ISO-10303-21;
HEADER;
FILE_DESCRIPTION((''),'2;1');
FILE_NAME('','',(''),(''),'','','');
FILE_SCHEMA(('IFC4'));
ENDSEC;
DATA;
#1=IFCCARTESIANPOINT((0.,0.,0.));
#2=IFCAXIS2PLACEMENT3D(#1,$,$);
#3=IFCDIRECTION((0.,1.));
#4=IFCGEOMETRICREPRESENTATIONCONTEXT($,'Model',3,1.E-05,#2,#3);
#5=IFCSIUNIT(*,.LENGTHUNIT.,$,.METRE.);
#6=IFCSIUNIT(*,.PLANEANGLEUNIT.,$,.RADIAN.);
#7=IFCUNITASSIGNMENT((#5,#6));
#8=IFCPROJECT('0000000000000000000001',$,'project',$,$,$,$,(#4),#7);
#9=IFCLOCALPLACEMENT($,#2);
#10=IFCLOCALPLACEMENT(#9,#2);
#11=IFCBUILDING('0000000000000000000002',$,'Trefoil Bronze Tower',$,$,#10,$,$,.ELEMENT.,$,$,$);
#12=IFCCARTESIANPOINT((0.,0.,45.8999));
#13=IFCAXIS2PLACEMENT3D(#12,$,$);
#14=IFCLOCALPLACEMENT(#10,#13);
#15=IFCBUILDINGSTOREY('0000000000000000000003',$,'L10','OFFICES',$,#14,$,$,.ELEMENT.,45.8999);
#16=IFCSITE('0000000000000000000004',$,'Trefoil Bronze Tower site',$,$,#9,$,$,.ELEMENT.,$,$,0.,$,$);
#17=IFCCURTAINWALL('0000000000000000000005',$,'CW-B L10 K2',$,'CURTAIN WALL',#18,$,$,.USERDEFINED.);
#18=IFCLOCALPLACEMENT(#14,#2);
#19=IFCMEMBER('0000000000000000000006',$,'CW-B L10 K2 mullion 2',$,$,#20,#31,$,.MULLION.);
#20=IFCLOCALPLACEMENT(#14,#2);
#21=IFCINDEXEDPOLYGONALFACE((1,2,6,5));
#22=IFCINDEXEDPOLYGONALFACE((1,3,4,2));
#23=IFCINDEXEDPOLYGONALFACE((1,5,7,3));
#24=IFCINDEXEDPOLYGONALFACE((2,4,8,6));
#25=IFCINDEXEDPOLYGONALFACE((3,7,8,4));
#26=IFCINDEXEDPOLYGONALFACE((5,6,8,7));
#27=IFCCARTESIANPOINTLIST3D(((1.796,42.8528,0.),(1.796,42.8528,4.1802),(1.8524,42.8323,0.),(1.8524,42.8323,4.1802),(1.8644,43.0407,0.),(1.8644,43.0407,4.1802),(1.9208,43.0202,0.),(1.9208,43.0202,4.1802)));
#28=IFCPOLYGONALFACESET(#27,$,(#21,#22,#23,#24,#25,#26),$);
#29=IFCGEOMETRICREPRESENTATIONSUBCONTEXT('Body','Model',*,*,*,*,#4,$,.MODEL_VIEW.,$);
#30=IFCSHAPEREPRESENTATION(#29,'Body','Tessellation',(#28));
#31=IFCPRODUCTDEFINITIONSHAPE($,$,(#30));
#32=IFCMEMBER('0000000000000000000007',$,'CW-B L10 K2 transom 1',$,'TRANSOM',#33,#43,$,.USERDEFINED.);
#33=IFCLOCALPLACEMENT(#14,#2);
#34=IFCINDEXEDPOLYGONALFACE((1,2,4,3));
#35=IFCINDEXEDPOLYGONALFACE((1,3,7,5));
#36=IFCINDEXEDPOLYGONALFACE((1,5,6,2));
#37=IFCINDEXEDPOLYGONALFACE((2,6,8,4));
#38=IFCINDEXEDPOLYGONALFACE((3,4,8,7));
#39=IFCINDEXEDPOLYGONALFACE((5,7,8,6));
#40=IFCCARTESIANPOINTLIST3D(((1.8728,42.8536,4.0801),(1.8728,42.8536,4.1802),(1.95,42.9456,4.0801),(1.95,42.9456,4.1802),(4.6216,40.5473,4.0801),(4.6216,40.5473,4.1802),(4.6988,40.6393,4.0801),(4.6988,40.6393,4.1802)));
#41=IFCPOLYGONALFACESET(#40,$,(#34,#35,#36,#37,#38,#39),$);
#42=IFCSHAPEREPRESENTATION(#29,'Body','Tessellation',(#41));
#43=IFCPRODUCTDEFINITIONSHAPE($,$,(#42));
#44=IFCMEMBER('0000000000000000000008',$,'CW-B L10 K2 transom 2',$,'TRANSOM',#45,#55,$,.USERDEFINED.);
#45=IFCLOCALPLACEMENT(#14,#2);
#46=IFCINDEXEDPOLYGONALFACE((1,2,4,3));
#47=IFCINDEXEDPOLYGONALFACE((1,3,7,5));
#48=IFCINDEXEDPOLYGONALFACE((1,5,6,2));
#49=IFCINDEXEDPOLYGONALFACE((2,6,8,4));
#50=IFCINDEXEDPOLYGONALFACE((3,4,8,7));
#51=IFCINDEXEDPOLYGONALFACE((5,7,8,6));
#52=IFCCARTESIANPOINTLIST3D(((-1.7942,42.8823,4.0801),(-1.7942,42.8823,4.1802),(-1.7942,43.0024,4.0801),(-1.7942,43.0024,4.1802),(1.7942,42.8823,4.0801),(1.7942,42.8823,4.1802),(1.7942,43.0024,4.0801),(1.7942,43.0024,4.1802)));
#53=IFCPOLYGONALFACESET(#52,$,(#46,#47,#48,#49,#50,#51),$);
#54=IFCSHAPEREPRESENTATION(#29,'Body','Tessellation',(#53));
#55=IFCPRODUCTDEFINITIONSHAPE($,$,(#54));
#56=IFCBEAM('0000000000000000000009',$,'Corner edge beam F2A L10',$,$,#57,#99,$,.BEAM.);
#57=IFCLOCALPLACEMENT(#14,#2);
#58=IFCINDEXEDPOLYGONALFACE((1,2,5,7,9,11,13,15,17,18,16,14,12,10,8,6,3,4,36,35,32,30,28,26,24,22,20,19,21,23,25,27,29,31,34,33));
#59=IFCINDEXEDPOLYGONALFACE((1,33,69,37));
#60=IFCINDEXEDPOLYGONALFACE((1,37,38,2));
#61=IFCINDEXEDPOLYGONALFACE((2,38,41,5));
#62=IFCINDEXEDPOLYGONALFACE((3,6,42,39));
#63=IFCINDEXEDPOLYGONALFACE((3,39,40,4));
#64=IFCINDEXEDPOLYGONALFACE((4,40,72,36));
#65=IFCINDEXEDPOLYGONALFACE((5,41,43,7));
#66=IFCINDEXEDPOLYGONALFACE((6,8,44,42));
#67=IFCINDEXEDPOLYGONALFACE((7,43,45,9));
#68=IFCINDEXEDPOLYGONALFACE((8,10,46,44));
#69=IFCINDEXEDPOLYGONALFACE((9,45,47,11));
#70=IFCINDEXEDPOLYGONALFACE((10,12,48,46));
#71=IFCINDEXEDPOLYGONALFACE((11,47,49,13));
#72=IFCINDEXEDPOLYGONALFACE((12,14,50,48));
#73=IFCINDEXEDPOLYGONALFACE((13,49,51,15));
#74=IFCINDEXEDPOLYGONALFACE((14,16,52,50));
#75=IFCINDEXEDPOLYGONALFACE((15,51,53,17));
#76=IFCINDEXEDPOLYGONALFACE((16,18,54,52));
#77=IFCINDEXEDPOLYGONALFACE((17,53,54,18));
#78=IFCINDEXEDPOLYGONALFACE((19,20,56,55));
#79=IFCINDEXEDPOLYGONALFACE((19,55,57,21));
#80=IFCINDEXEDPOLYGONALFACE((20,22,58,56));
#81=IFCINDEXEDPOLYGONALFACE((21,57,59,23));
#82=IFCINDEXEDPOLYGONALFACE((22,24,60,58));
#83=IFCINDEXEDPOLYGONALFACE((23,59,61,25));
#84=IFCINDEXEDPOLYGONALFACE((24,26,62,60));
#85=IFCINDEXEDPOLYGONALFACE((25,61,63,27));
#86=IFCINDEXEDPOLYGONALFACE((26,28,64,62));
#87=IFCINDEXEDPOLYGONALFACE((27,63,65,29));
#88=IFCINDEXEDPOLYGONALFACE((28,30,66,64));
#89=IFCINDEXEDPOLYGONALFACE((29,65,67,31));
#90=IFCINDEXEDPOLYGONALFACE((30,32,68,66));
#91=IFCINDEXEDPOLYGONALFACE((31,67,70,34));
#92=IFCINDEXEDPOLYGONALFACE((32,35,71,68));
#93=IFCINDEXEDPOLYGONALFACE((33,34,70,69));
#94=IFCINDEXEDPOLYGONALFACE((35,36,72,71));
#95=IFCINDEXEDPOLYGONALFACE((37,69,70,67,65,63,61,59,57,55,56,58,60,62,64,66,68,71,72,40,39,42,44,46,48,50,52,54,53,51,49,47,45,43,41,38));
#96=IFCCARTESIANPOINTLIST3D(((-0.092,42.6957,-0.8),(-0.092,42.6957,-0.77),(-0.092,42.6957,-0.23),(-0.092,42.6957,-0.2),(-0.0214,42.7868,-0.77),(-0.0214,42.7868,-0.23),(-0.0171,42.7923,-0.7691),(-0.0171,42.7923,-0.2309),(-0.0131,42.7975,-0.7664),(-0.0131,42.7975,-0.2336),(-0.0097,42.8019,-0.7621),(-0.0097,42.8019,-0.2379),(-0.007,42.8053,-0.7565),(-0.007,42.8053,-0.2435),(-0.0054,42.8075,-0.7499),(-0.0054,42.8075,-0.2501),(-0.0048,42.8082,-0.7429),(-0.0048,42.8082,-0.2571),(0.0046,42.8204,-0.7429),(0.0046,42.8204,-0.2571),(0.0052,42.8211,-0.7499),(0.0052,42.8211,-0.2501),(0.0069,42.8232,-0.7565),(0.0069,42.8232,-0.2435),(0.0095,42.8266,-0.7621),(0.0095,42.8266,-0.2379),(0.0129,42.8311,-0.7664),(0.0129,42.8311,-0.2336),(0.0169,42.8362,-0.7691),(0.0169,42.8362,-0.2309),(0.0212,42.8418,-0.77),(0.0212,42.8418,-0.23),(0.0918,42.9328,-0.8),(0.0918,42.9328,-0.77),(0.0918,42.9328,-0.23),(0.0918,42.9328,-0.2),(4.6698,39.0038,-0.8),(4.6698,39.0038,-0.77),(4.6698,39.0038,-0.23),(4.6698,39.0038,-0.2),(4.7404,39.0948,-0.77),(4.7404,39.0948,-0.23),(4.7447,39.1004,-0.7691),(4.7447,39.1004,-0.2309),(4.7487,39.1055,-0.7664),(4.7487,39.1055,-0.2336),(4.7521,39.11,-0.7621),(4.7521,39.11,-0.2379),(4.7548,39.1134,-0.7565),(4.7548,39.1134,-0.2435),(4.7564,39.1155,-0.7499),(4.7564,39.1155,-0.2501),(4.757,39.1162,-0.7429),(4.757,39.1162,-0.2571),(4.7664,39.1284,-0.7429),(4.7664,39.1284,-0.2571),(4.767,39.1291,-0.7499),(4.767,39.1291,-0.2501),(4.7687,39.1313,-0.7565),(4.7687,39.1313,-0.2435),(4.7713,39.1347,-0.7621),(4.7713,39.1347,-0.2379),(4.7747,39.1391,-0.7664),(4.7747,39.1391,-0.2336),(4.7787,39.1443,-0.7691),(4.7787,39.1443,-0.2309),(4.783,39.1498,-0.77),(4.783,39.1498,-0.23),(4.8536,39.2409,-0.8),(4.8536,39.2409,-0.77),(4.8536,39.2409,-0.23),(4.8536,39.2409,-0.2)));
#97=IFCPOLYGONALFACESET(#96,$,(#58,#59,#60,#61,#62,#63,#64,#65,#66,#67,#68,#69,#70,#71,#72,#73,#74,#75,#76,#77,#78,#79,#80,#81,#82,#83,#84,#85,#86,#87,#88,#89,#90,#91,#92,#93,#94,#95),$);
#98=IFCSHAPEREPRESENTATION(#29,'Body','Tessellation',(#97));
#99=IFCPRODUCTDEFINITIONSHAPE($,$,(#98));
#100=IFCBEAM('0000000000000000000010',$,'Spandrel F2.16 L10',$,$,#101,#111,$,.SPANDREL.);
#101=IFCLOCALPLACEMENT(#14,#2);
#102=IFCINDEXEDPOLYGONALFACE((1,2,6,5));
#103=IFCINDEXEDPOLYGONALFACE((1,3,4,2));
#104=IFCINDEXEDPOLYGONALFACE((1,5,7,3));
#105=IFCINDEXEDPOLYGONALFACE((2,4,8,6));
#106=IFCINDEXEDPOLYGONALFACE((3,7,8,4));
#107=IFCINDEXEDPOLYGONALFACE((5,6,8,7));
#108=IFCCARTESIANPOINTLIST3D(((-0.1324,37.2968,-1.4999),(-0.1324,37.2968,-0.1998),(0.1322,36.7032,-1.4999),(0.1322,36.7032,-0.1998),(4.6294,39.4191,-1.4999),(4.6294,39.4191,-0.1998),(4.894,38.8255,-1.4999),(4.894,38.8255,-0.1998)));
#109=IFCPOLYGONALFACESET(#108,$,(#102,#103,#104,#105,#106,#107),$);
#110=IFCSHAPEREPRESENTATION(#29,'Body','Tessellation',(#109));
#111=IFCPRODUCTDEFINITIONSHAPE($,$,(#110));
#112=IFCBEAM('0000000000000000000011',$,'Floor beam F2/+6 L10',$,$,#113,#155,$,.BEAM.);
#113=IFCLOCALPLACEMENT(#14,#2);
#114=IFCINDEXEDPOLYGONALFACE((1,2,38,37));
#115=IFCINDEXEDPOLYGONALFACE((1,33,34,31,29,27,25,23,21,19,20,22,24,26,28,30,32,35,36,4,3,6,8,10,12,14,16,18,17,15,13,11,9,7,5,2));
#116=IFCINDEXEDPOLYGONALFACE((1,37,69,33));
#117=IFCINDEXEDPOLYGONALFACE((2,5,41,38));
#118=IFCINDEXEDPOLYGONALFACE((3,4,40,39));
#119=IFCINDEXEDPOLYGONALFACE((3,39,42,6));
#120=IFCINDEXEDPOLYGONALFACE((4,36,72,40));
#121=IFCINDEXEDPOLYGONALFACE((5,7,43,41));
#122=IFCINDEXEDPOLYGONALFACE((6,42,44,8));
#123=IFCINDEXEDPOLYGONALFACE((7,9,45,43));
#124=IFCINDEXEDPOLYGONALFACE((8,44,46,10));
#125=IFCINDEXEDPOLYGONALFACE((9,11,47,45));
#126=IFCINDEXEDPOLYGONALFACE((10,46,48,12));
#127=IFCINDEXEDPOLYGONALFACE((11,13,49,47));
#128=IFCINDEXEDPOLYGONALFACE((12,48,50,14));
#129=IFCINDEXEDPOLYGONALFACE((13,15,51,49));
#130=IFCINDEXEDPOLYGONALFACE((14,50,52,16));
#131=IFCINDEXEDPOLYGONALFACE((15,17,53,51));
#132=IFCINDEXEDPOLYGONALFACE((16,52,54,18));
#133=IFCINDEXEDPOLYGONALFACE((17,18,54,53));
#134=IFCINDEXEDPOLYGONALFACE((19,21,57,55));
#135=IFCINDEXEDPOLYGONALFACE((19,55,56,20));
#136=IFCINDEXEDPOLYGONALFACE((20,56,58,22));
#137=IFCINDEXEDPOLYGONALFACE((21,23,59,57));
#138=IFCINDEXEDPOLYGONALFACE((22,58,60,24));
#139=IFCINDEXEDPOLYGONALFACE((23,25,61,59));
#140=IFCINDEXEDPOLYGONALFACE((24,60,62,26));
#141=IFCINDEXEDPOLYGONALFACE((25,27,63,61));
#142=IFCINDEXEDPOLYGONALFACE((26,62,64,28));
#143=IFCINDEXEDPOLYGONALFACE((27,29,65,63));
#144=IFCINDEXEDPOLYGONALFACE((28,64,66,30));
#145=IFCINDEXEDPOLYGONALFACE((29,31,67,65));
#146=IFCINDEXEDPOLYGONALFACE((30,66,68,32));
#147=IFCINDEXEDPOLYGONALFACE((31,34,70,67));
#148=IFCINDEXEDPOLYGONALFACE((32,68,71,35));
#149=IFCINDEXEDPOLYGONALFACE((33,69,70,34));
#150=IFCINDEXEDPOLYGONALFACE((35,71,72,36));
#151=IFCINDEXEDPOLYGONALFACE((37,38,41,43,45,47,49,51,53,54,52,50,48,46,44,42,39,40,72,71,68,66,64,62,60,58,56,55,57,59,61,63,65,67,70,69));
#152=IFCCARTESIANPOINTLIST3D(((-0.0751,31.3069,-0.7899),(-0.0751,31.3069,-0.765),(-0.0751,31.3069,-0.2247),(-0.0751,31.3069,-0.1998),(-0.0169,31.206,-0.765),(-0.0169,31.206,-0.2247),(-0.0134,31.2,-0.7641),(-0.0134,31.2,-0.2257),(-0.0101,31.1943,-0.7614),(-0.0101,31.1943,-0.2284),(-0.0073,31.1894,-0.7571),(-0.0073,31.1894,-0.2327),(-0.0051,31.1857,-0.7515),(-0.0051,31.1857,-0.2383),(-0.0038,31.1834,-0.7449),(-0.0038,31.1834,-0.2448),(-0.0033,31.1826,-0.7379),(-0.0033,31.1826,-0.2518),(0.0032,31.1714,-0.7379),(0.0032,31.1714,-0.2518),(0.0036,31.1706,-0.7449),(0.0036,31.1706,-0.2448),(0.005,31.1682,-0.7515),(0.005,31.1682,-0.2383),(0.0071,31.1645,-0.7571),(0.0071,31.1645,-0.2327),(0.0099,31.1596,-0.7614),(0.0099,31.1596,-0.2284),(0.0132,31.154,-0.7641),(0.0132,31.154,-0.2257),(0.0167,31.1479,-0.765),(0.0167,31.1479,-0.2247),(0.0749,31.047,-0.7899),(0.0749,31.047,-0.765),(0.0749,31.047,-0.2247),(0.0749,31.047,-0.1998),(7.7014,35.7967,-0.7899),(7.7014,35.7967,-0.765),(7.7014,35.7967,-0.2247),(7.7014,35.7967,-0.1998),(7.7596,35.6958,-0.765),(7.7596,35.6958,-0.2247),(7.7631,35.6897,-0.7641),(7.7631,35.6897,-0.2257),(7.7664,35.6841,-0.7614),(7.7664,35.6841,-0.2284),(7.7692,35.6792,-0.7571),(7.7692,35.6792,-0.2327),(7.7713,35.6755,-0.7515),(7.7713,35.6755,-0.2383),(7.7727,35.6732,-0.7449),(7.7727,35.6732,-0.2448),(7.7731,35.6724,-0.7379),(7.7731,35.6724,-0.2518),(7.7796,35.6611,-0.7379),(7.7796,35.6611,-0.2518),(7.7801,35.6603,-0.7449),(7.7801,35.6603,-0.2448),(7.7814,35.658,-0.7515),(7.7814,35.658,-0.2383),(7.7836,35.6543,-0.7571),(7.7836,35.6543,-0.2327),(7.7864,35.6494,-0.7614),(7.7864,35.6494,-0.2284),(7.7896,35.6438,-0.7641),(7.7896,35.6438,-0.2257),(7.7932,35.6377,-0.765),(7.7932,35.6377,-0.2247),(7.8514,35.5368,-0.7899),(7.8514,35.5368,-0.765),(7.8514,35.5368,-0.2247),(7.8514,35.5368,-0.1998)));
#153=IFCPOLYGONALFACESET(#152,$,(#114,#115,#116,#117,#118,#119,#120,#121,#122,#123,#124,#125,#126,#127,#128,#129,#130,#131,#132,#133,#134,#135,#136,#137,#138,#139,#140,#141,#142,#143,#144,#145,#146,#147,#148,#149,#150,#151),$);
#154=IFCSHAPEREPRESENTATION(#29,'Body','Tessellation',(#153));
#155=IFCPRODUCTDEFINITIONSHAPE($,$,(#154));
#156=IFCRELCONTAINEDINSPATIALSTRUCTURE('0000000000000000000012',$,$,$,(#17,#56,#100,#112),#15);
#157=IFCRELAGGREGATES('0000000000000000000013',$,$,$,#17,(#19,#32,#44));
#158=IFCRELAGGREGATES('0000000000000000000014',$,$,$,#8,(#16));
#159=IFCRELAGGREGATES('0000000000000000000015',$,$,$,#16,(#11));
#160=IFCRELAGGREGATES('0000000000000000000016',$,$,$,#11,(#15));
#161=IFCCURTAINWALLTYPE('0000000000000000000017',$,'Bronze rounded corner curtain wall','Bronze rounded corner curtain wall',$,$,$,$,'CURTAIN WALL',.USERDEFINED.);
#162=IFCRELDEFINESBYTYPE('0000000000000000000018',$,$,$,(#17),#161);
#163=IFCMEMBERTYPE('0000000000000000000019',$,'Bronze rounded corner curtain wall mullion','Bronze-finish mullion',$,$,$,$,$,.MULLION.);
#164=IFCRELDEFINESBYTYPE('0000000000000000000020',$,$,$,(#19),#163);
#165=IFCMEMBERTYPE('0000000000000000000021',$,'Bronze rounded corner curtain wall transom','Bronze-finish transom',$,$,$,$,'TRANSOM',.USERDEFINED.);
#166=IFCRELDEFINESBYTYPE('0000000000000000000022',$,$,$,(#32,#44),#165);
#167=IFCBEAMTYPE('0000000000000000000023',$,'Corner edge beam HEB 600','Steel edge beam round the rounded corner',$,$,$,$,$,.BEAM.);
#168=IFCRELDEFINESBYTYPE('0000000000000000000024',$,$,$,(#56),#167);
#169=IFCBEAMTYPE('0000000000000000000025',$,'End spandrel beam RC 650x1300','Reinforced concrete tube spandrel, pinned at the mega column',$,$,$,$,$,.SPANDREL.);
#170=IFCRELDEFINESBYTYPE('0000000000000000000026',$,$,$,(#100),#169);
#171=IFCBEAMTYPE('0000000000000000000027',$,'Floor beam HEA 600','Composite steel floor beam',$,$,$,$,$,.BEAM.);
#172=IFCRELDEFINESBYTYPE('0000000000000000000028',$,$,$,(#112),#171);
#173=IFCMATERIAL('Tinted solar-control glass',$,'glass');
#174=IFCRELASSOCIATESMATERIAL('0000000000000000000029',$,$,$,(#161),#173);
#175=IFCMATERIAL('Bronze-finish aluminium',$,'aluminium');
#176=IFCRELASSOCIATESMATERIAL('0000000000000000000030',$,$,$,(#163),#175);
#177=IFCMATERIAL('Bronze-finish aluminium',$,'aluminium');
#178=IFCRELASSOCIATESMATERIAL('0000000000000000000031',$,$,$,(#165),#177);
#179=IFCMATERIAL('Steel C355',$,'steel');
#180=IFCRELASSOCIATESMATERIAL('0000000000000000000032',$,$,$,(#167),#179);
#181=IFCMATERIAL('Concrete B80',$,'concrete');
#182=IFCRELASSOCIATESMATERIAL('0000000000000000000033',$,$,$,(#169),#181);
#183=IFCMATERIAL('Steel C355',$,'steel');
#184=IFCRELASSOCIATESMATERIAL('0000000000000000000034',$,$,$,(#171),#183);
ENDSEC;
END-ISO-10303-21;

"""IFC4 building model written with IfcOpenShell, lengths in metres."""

from ifc_helpers import new_model, si_unit, direction, frame, origin, origin_2d, place, context, subcontext, project, spatial, rectangle, i_section, extrude, material, material_profile, profile_set, type_object, element, aggregate, save


model = new_model("IFC4")

# Units and contexts
model_context = context("Model", 3, precision=1e-05, world=origin(), true_north=direction((0.0, 1.0)))
body_context = subcontext(model_context, "Body", "Model", "MODEL_VIEW")
ifc_project = project(units=[si_unit("LENGTHUNIT", "METRE"), si_unit("PLANEANGLEUNIT", "RADIAN")], contexts=[model_context])

# Site, building, storey
site_placement = place(None, origin())
site = spatial("IfcSite", under=ifc_project, at=site_placement, Name="Trefoil Bronze Tower site", CompositionType="ELEMENT", RefElevation=0.0)
building_placement = place(site_placement, origin())
building = spatial("IfcBuilding", under=site, at=building_placement, Name="Trefoil Bronze Tower", CompositionType="ELEMENT")
storey_placement = place(building_placement, frame((0.0, 0.0, 45.8999)))
storey = spatial("IfcBuildingStorey", under=building, at=storey_placement, Name="L10", Description="OFFICES", CompositionType="ELEMENT", Elevation=45.8999)

# Curtain wall, members
ifc_material_1 = material(Name="Tinted solar-control glass", Category="glass")
curtain_wall_type_1 = type_object("IfcCurtainWallType", Name="Bronze rounded corner curtain wall", Description="Bronze rounded corner curtain wall", ElementType="CURTAIN WALL", PredefinedType="USERDEFINED", material=ifc_material_1)
curtain_wall_1_placement = place(storey_placement, origin())
curtain_wall_1 = element("IfcCurtainWall", 1, at=curtain_wall_1_placement, inside=storey, type_object=curtain_wall_type_1, Name="CW-B L10 K2", ObjectType="CURTAIN WALL", PredefinedType="USERDEFINED")
ifc_material_2 = material(Name="Bronze-finish aluminium", Category="aluminium")
ifc_material_profile_1 = material_profile(ifc_material_2, rectangle(XDim=0.2, YDim=0.0601, at=origin_2d()), Name="CW-B mullion")
ifc_profile_set_1 = profile_set([ifc_material_profile_1], Name="Bronze-finish aluminium")
member_type_1 = type_object("IfcMemberType", Name="Bronze rounded corner curtain wall mullion", Description="Bronze-finish mullion", PredefinedType="MULLION", material=ifc_profile_set_1)
member_1_placement = place(storey_placement, frame((1.8584, 42.9365, 0.0), z_axis=(0.0, 0.0, 1.0), x_axis=(-0.34202, -0.939693, 0.0)))
member_1 = element("IfcMember", 2, at=member_1_placement, type_object=member_type_1, Name="CW-B L10 K2 mullion 2", PredefinedType="MULLION", context=body_context, shape_type="SweptSolid", body=[
    extrude(rectangle(XDim=0.2, YDim=0.0601, at=origin_2d()), origin(), (0.0, 0.0, 1.0), 4.1802),
])
ifc_material_3 = material(Name="Bronze-finish aluminium", Category="aluminium")
ifc_material_profile_2 = material_profile(ifc_material_3, rectangle(XDim=0.1201, YDim=0.1001, at=origin_2d()), Name="CW-B transom")
ifc_profile_set_2 = profile_set([ifc_material_profile_2], Name="Bronze-finish aluminium")
member_type_2 = type_object("IfcMemberType", Name="Bronze rounded corner curtain wall transom", Description="Bronze-finish transom", ElementType="TRANSOM", PredefinedType="USERDEFINED", material=ifc_profile_set_2)
member_2_placement = place(storey_placement, frame((4.6602, 40.5933, 4.1301), z_axis=(-0.766059, 0.642771, 0.0), x_axis=(-0.642771, -0.766059, 0.0)))
member_2 = element("IfcMember", 3, at=member_2_placement, type_object=member_type_2, Name="CW-B L10 K2 transom 1", ObjectType="TRANSOM", PredefinedType="USERDEFINED", context=body_context, shape_type="SweptSolid", body=[
    extrude(rectangle(XDim=0.1201, YDim=0.1001, at=origin_2d()), origin(), (0.0, 0.0, 1.0), 3.5881),
])
member_3_placement = place(storey_placement, frame((1.7942, 42.9424, 4.1301), z_axis=(-1.0, 0.0, 0.0), x_axis=(0.0, -1.0, 0.0)))
member_3 = element("IfcMember", 4, at=member_3_placement, type_object=member_type_2, Name="CW-B L10 K2 transom 2", ObjectType="TRANSOM", PredefinedType="USERDEFINED", context=body_context, shape_type="SweptSolid", body=[
    extrude(rectangle(XDim=0.1201, YDim=0.1001, at=origin_2d()), origin(), (0.0, 0.0, 1.0), 3.5884),
])

# Beams
ifc_material_4 = material(Name="Steel C355", Category="steel")
ifc_material_profile_3 = material_profile(ifc_material_4, i_section(OverallWidth=0.3, OverallDepth=0.6001, WebThickness=0.0154, FlangeThickness=0.03, FilletRadius=0.0271, at=origin_2d()), Name="HEB 600")
ifc_profile_set_3 = profile_set([ifc_material_profile_3], Name="Steel C355")
beam_type_1 = type_object("IfcBeamType", Name="Corner edge beam HEB 600", Description="Steel edge beam round the rounded corner", PredefinedType="BEAM", material=ifc_profile_set_3)
beam_1_placement = place(storey_placement, frame((4.7617, 39.1223, -0.5), z_axis=(-0.790289, 0.612734, 0.0), x_axis=(-0.612734, -0.790289, 0.0)))
element("IfcBeam", 5, at=beam_1_placement, inside=storey, type_object=beam_type_1, Name="Corner edge beam F2A L10", PredefinedType="BEAM", context=body_context, shape_type="SweptSolid", body=[
    extrude(i_section(OverallWidth=0.3, OverallDepth=0.6001, WebThickness=0.0154, FlangeThickness=0.03, FilletRadius=0.0271, at=origin_2d()), origin(), (0.0, 0.0, 1.0), 6.0254),
])
ifc_material_5 = material(Name="Concrete B80", Category="concrete")
ifc_material_profile_4 = material_profile(ifc_material_5, rectangle(XDim=0.6499, YDim=1.3, at=origin_2d()), Name="RC 650x1300")
ifc_profile_set_4 = profile_set([ifc_material_profile_4], Name="Concrete B80")
beam_type_2 = type_object("IfcBeamType", Name="End spandrel beam RC 650x1300", Description="Reinforced concrete tube spandrel, pinned at the mega column", PredefinedType="SPANDREL", material=ifc_profile_set_4)
beam_2_placement = place(storey_placement, frame((4.7617, 39.1223, -0.8499), z_axis=(-0.913384, -0.407099, 0.0), x_axis=(0.407099, -0.913384, 0.0)))
element("IfcBeam", 6, at=beam_2_placement, inside=storey, type_object=beam_type_2, Name="Spandrel F2.16 L10", PredefinedType="SPANDREL", context=body_context, shape_type="SweptSolid", body=[
    extrude(rectangle(XDim=0.6499, YDim=1.3, at=origin_2d()), origin(), (0.0, 0.0, 1.0), 5.2134),
])
ifc_material_6 = material(Name="Steel C355", Category="steel")
ifc_material_profile_5 = material_profile(ifc_material_6, i_section(OverallWidth=0.3, OverallDepth=0.5901, WebThickness=0.0129, FlangeThickness=0.0249, FilletRadius=0.0271, at=origin_2d()), Name="HEA 600")
ifc_profile_set_5 = profile_set([ifc_material_profile_5], Name="Steel C355")
beam_type_3 = type_object("IfcBeamType", Name="Floor beam HEA 600", Description="Composite steel floor beam", PredefinedType="BEAM", material=ifc_profile_set_5)
beam_3_placement = place(storey_placement, frame((7.7764, 35.6667, -0.4949), z_axis=(-0.866023, -0.500005, 0.0), x_axis=(0.500005, -0.866023, 0.0)))
element("IfcBeam", 7, at=beam_3_placement, inside=storey, type_object=beam_type_3, Name="Floor beam F2/+6 L10", PredefinedType="BEAM", context=body_context, shape_type="SweptSolid", body=[
    extrude(i_section(OverallWidth=0.3, OverallDepth=0.5901, WebThickness=0.0129, FlangeThickness=0.0249, FilletRadius=0.0271, at=origin_2d()), origin(), (0.0, 0.0, 1.0), 8.9795),
])

aggregate(curtain_wall_1, [member_1, member_2, member_3])

save(model, "model.ifc")
